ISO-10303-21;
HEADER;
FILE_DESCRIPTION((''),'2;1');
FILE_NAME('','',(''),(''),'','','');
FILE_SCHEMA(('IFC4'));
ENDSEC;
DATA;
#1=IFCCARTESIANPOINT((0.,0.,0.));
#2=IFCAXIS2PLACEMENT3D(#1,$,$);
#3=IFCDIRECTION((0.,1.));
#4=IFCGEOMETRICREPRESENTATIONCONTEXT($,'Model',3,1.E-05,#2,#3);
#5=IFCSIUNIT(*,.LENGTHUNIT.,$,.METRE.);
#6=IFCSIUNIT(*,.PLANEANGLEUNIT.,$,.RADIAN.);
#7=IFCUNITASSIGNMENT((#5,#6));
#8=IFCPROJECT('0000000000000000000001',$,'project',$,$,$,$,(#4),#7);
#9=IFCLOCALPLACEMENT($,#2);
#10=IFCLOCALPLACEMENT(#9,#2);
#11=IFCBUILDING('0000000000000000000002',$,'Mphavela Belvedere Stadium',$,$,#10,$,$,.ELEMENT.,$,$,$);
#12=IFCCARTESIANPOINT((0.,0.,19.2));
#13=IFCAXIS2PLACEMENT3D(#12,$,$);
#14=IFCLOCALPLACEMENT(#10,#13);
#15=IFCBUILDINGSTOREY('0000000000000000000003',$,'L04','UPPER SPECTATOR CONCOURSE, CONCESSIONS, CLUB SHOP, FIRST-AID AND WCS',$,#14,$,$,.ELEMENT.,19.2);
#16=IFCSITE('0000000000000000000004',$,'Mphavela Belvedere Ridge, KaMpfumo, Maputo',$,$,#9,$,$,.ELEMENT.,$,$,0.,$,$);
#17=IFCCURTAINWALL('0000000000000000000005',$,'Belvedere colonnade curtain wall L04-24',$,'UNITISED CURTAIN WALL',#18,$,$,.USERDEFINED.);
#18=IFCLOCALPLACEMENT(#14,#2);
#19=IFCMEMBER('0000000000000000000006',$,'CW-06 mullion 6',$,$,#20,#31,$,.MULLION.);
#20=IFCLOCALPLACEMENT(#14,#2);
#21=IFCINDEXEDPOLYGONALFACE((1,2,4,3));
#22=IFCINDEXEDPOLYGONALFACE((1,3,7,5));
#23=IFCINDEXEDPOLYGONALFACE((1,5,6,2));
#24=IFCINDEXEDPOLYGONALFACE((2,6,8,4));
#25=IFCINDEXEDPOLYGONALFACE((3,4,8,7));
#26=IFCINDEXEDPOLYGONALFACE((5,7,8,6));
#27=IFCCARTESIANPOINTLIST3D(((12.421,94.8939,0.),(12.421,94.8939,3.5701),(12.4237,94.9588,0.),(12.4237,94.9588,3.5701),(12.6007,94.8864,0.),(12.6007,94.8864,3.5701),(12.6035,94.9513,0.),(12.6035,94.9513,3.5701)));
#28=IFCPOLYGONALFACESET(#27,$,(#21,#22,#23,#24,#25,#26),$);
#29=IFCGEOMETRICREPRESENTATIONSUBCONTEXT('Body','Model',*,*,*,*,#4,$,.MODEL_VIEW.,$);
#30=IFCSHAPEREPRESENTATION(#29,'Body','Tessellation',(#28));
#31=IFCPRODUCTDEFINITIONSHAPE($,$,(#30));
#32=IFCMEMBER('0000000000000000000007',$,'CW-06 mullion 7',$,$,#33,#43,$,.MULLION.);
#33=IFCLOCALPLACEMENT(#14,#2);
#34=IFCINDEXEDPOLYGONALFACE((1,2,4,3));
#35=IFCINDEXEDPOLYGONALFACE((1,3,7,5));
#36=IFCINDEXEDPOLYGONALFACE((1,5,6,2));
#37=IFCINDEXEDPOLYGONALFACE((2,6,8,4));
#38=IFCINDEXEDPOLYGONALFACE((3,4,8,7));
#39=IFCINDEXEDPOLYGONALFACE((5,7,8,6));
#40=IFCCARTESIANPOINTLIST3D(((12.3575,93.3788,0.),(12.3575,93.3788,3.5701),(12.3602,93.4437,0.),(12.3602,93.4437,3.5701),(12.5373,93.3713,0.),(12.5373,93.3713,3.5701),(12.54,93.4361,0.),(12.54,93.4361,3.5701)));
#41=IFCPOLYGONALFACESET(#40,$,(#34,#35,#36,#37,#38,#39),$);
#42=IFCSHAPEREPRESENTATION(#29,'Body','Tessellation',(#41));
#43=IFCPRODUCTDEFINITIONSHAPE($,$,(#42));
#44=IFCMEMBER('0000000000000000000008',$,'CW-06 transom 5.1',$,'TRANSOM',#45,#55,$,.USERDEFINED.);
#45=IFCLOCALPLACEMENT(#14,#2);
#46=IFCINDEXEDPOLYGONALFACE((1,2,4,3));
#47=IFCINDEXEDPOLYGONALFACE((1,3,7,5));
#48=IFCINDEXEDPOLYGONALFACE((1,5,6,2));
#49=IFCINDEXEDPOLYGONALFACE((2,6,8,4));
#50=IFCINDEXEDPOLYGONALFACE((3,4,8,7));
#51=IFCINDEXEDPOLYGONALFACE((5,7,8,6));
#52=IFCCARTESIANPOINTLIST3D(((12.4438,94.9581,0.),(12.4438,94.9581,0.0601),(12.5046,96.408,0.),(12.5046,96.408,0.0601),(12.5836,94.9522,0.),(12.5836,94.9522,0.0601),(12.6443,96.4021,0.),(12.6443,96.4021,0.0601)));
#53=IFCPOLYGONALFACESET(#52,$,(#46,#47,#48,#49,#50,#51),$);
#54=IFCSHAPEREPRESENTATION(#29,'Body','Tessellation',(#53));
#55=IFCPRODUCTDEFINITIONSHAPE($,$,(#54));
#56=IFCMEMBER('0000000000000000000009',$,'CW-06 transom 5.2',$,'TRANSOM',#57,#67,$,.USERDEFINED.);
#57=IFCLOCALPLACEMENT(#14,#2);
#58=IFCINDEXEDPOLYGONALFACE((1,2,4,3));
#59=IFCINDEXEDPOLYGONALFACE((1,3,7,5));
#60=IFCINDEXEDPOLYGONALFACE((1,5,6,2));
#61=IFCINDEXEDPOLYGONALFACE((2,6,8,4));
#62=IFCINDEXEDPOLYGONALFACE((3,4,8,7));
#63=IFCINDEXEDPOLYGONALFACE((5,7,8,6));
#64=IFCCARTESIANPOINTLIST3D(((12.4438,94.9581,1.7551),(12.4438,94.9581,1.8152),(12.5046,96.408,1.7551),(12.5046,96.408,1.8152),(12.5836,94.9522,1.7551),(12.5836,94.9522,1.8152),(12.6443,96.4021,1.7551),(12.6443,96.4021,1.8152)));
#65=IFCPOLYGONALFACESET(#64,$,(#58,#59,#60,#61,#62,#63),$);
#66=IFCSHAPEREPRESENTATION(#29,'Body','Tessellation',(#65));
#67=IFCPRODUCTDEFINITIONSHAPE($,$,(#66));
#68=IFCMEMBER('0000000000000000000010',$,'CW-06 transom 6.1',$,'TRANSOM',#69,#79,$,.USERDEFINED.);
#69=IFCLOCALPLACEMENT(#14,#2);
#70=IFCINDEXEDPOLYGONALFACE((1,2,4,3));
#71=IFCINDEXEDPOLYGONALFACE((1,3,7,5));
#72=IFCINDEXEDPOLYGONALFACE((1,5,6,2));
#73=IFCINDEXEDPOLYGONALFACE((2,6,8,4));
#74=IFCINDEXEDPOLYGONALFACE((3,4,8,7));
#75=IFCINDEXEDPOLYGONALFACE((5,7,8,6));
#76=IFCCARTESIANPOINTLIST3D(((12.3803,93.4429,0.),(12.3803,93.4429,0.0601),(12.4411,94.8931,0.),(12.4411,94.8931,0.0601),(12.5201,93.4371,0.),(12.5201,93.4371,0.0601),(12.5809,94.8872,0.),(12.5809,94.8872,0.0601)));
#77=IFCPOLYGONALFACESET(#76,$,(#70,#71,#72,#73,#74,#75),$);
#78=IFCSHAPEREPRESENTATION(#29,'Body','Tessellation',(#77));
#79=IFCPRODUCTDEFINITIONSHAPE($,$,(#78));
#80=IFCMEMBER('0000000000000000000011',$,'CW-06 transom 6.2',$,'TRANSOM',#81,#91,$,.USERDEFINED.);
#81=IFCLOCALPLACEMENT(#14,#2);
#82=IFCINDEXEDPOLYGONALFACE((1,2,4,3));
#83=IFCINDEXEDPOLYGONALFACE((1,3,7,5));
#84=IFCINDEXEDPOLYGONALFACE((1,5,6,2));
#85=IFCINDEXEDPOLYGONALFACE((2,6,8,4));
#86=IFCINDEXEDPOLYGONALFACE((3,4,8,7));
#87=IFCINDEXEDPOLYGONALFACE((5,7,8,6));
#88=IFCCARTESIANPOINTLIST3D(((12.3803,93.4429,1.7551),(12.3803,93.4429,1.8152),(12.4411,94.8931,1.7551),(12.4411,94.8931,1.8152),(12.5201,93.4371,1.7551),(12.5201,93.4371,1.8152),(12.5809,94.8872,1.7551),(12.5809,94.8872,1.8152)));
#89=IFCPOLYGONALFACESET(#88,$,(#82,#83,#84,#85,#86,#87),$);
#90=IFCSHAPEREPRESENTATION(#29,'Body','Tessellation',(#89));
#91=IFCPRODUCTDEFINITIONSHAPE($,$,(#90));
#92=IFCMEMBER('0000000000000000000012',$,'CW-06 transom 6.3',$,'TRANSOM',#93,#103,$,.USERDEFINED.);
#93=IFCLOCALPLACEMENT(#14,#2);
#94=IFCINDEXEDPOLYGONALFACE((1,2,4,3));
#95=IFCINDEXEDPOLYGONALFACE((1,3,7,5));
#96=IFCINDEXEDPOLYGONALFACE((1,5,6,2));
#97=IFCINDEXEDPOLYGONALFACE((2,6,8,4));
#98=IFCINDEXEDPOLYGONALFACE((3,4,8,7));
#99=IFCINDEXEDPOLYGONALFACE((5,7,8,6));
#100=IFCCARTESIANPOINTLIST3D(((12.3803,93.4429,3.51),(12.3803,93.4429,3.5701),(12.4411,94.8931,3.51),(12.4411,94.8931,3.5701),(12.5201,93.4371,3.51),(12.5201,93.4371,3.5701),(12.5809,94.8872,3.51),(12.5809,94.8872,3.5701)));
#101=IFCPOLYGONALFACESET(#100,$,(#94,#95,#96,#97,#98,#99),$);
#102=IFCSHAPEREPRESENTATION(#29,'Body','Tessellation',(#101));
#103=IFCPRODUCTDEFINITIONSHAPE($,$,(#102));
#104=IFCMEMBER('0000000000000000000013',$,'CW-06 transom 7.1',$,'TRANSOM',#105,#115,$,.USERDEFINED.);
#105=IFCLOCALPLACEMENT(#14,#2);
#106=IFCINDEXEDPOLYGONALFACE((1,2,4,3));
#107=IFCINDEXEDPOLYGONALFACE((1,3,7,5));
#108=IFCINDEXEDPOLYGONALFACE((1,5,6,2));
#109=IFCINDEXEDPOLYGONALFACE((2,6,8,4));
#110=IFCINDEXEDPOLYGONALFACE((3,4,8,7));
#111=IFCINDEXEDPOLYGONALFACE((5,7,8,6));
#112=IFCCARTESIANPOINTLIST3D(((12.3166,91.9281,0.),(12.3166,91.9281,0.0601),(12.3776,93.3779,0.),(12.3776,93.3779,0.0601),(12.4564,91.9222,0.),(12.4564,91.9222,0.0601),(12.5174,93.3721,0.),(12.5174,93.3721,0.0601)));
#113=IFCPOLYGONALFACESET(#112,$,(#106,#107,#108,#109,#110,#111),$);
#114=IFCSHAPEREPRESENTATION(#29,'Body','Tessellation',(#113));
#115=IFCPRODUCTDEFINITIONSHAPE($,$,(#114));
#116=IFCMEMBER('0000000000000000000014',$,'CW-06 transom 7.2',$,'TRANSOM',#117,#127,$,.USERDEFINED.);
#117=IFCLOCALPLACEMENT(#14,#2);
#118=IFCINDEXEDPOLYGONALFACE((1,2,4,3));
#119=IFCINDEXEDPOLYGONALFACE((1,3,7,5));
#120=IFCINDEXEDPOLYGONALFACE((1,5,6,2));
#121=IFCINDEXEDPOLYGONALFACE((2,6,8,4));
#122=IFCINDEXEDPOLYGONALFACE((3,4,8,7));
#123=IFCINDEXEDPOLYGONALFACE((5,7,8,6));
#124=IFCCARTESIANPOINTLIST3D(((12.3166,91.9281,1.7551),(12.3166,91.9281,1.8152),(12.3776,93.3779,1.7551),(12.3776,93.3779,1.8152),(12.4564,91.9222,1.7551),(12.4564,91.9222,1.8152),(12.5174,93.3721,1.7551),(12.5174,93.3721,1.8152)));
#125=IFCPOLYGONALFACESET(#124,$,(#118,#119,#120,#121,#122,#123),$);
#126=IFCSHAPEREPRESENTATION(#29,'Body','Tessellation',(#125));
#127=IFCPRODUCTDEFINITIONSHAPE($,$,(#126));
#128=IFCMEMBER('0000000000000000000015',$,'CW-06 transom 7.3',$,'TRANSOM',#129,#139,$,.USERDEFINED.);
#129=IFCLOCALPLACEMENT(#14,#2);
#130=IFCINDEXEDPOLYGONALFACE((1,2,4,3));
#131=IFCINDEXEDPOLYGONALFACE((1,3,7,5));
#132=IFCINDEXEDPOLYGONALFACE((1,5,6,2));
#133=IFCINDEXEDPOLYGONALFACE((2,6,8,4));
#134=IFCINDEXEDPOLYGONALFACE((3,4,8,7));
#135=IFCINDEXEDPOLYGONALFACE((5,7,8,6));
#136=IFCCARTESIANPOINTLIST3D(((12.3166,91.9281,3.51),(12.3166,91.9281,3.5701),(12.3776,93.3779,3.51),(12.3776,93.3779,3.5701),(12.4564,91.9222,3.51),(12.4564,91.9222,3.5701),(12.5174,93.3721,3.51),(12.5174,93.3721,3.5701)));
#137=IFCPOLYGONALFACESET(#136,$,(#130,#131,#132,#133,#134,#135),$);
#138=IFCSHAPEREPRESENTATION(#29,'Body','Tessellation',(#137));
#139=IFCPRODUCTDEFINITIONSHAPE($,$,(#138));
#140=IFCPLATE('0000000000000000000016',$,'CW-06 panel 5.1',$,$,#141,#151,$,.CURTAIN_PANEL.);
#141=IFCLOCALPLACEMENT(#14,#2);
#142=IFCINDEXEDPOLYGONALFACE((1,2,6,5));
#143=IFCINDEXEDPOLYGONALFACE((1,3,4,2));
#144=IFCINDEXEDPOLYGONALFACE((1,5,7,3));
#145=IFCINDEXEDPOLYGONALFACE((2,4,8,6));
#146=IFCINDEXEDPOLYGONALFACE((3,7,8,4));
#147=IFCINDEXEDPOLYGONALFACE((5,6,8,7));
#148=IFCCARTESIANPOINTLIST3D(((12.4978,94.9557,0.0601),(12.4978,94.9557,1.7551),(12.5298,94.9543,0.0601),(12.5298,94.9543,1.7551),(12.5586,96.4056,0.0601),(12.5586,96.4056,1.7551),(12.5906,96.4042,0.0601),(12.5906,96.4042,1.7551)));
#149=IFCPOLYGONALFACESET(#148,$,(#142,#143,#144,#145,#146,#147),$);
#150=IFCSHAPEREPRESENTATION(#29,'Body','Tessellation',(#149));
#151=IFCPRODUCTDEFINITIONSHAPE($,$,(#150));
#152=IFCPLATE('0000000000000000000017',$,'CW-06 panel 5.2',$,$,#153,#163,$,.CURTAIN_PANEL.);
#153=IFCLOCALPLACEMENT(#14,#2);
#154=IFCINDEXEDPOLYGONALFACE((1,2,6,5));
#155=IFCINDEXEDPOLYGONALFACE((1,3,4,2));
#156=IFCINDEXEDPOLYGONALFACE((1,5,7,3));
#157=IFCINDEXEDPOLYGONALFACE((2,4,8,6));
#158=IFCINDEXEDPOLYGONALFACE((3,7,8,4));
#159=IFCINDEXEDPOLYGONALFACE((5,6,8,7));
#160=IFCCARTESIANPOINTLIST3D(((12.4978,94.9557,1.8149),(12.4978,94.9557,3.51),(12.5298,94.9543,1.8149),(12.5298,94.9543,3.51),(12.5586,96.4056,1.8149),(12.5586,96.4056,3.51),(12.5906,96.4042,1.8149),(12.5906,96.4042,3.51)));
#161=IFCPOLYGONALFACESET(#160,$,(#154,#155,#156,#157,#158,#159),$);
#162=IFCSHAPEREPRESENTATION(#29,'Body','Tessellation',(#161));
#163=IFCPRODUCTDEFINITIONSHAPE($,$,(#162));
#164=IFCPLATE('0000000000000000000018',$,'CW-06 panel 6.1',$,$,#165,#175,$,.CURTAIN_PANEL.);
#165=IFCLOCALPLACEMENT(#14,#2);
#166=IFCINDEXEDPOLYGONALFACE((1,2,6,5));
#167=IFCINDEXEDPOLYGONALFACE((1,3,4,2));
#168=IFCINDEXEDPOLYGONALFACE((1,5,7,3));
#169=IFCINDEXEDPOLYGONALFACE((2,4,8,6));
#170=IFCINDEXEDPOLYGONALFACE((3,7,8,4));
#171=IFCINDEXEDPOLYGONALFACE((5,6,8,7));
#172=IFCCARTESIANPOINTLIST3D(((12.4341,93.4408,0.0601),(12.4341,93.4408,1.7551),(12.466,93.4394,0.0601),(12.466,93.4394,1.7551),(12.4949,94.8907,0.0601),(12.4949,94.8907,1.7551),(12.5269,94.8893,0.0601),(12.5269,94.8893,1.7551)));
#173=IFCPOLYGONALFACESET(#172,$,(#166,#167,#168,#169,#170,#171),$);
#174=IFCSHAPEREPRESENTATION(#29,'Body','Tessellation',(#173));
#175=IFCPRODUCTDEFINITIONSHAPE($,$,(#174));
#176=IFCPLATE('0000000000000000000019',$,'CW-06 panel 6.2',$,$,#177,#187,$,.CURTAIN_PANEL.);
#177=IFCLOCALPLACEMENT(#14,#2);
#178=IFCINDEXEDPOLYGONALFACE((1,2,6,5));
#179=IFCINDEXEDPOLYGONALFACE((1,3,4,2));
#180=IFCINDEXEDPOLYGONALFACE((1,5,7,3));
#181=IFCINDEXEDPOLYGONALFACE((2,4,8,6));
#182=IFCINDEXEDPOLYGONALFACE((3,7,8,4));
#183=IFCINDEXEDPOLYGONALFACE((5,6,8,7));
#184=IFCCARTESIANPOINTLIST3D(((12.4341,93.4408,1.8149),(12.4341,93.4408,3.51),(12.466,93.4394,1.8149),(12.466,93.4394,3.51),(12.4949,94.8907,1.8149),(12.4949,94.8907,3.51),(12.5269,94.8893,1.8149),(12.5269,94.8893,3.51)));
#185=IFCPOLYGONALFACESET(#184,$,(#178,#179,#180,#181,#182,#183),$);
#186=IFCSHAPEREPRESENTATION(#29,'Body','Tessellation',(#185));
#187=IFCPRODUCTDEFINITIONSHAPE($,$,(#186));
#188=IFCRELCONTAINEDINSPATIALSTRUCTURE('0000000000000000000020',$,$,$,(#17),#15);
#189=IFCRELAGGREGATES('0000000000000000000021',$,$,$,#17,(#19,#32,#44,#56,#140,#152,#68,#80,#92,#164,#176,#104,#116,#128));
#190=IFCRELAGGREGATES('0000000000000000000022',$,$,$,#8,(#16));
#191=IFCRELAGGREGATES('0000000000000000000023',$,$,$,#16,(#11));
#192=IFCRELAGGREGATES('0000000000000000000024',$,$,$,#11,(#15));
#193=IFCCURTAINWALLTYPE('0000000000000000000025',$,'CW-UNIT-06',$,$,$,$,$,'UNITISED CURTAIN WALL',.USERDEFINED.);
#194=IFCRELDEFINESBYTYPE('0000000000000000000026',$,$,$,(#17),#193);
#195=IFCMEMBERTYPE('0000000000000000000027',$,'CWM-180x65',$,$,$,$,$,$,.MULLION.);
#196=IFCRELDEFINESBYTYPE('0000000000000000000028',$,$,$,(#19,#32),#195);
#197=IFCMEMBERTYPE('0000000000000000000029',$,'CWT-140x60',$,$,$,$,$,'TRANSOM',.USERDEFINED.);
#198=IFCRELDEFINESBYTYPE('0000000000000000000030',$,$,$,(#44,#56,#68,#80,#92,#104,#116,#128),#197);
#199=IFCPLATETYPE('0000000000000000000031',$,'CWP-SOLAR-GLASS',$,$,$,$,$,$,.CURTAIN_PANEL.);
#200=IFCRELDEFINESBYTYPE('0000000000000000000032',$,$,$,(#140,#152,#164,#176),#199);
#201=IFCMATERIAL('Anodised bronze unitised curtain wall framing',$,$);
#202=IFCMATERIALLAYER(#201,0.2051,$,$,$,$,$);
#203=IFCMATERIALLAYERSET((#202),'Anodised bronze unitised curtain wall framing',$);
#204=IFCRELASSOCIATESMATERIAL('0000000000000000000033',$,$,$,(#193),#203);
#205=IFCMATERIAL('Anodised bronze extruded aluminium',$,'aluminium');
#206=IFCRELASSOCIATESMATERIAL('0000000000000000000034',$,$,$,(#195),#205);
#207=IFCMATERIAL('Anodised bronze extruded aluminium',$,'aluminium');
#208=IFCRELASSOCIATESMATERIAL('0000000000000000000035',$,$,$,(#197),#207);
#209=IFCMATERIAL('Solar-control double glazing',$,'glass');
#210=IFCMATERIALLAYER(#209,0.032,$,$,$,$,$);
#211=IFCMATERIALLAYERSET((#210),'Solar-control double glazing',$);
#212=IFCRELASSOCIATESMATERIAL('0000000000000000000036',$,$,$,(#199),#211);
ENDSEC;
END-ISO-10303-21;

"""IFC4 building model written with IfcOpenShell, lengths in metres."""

from ifc_helpers import new_model, si_unit, direction, frame, origin, origin_2d, place, context, subcontext, project, spatial, rectangle, extrude, material, layer, layer_set, material_profile, profile_set, type_object, element, aggregate, save


model = new_model("IFC4")

# Units and contexts
model_context = context("Model", 3, precision=1e-05, world=origin(), true_north=direction((0.0, 1.0)))
body_context = subcontext(model_context, "Body", "Model", "MODEL_VIEW")
ifc_project = project(units=[si_unit("LENGTHUNIT", "METRE"), si_unit("PLANEANGLEUNIT", "RADIAN")], contexts=[model_context])

# Site, building, storey
site_placement = place(None, origin())
site = spatial("IfcSite", under=ifc_project, at=site_placement, Name="Mphavela Belvedere Ridge, KaMpfumo, Maputo", CompositionType="ELEMENT", RefElevation=0.0)
building_placement = place(site_placement, origin())
building = spatial("IfcBuilding", under=site, at=building_placement, Name="Mphavela Belvedere Stadium", CompositionType="ELEMENT")
storey_placement = place(building_placement, frame((0.0, 0.0, 19.2)))
storey = spatial("IfcBuildingStorey", under=building, at=storey_placement, Name="L04", Description="UPPER SPECTATOR CONCOURSE, CONCESSIONS, CLUB SHOP, FIRST-AID AND WCS", CompositionType="ELEMENT", Elevation=19.2)

# Curtain wall, members, plates
ifc_material_1 = material(Name="Anodised bronze unitised curtain wall framing")
ifc_layer_1 = layer(ifc_material_1, 0.2051)
ifc_layer_set_1 = layer_set([ifc_layer_1], Name="Anodised bronze unitised curtain wall framing")
curtain_wall_type = type_object("IfcCurtainWallType", Name="CW-UNIT-06", ElementType="UNITISED CURTAIN WALL", PredefinedType="USERDEFINED", material=ifc_layer_set_1)
curtain_wall_placement = place(storey_placement, origin())
curtain_wall = element("IfcCurtainWall", 1, at=curtain_wall_placement, inside=storey, type_object=curtain_wall_type, Name="Belvedere colonnade curtain wall L04-24", ObjectType="UNITISED CURTAIN WALL", PredefinedType="USERDEFINED")
ifc_material_2 = material(Name="Anodised bronze extruded aluminium", Category="aluminium")
ifc_material_profile_1 = material_profile(ifc_material_2, rectangle(XDim=0.1799, YDim=0.0649, at=origin_2d()), Name="CW-MUL 180x65")
ifc_profile_set_1 = profile_set([ifc_material_profile_1], Name="Anodised bronze extruded aluminium")
member_type_1 = type_object("IfcMemberType", Name="CWM-180x65", PredefinedType="MULLION", material=ifc_profile_set_1)
member_1_placement = place(storey_placement, frame((12.5122, 94.9226, 0.0), z_axis=(0.0, 0.0, 1.0), x_axis=(0.999122, -0.041905, 0.0)))
member_1 = element("IfcMember", 2, at=member_1_placement, type_object=member_type_1, Name="CW-06 mullion 6", PredefinedType="MULLION", context=body_context, shape_type="SweptSolid", body=[
    extrude(rectangle(XDim=0.1799, YDim=0.0649, at=origin_2d()), origin(), (0.0, 0.0, 1.0), 3.5701),
])
member_2_placement = place(storey_placement, frame((12.4487, 93.4075, 0.0), z_axis=(0.0, 0.0, 1.0), x_axis=(0.999122, -0.041905, 0.0)))
member_2 = element("IfcMember", 3, at=member_2_placement, type_object=member_type_1, Name="CW-06 mullion 7", PredefinedType="MULLION", context=body_context, shape_type="SweptSolid", body=[
    extrude(rectangle(XDim=0.1799, YDim=0.0649, at=origin_2d()), origin(), (0.0, 0.0, 1.0), 3.5701),
])
ifc_material_3 = material(Name="Anodised bronze extruded aluminium", Category="aluminium")
ifc_material_profile_2 = material_profile(ifc_material_3, rectangle(XDim=0.1399, YDim=0.0601, at=origin_2d()), Name="CW-TRN 140x60")
ifc_profile_set_2 = profile_set([ifc_material_profile_2], Name="Anodised bronze extruded aluminium")
member_type_2 = type_object("IfcMemberType", Name="CWT-140x60", ElementType="TRANSOM", PredefinedType="USERDEFINED", material=ifc_profile_set_2)
member_3_placement = place(storey_placement, frame((12.5745, 96.405, 0.03), z_axis=(-0.041889, -0.999122, 0.0), x_axis=(0.999122, -0.041889, 0.0)))
member_3 = element("IfcMember", 4, at=member_3_placement, type_object=member_type_2, Name="CW-06 transom 5.1", ObjectType="TRANSOM", PredefinedType="USERDEFINED", context=body_context, shape_type="SweptSolid", body=[
    extrude(rectangle(XDim=0.1399, YDim=0.0601, at=origin_2d()), origin(), (0.0, 0.0, 1.0), 1.4512),
])
member_4_placement = place(storey_placement, frame((12.5745, 96.405, 1.7852), z_axis=(-0.041889, -0.999122, 0.0), x_axis=(0.999122, -0.041889, 0.0)))
member_4 = element("IfcMember", 5, at=member_4_placement, type_object=member_type_2, Name="CW-06 transom 5.2", ObjectType="TRANSOM", PredefinedType="USERDEFINED", context=body_context, shape_type="SweptSolid", body=[
    extrude(rectangle(XDim=0.1399, YDim=0.0601, at=origin_2d()), origin(), (0.0, 0.0, 1.0), 1.4512),
])
member_5_placement = place(storey_placement, frame((12.511, 94.8901, 0.03), z_axis=(-0.041882, -0.999123, 0.0), x_axis=(0.999123, -0.041882, 0.0)))
member_5 = element("IfcMember", 6, at=member_5_placement, type_object=member_type_2, Name="CW-06 transom 6.1", ObjectType="TRANSOM", PredefinedType="USERDEFINED", context=body_context, shape_type="SweptSolid", body=[
    extrude(rectangle(XDim=0.1399, YDim=0.0601, at=origin_2d()), origin(), (0.0, 0.0, 1.0), 1.4514),
])
member_6_placement = place(storey_placement, frame((12.511, 94.8901, 1.7852), z_axis=(-0.041882, -0.999123, 0.0), x_axis=(0.999123, -0.041882, 0.0)))
member_6 = element("IfcMember", 7, at=member_6_placement, type_object=member_type_2, Name="CW-06 transom 6.2", ObjectType="TRANSOM", PredefinedType="USERDEFINED", context=body_context, shape_type="SweptSolid", body=[
    extrude(rectangle(XDim=0.1399, YDim=0.0601, at=origin_2d()), origin(), (0.0, 0.0, 1.0), 1.4514),
])
member_7_placement = place(storey_placement, frame((12.511, 94.8901, 3.54), z_axis=(-0.041882, -0.999123, 0.0), x_axis=(0.999123, -0.041882, 0.0)))
member_7 = element("IfcMember", 8, at=member_7_placement, type_object=member_type_2, Name="CW-06 transom 6.3", ObjectType="TRANSOM", PredefinedType="USERDEFINED", context=body_context, shape_type="SweptSolid", body=[
    extrude(rectangle(XDim=0.1399, YDim=0.0601, at=origin_2d()), origin(), (0.0, 0.0, 1.0), 1.4514),
])
member_8_placement = place(storey_placement, frame((12.4475, 93.375, 0.03), z_axis=(-0.042057, -0.999115, 0.0), x_axis=(0.999115, -0.042057, 0.0)))
member_8 = element("IfcMember", 9, at=member_8_placement, type_object=member_type_2, Name="CW-06 transom 7.1", ObjectType="TRANSOM", PredefinedType="USERDEFINED", context=body_context, shape_type="SweptSolid", body=[
    extrude(rectangle(XDim=0.1399, YDim=0.0601, at=origin_2d()), origin(), (0.0, 0.0, 1.0), 1.4512),
])
member_9_placement = place(storey_placement, frame((12.4475, 93.375, 1.7852), z_axis=(-0.042057, -0.999115, 0.0), x_axis=(0.999115, -0.042057, 0.0)))
member_9 = element("IfcMember", 10, at=member_9_placement, type_object=member_type_2, Name="CW-06 transom 7.2", ObjectType="TRANSOM", PredefinedType="USERDEFINED", context=body_context, shape_type="SweptSolid", body=[
    extrude(rectangle(XDim=0.1399, YDim=0.0601, at=origin_2d()), origin(), (0.0, 0.0, 1.0), 1.4512),
])
member_10_placement = place(storey_placement, frame((12.4475, 93.375, 3.54), z_axis=(-0.042057, -0.999115, 0.0), x_axis=(0.999115, -0.042057, 0.0)))
member_10 = element("IfcMember", 11, at=member_10_placement, type_object=member_type_2, Name="CW-06 transom 7.3", ObjectType="TRANSOM", PredefinedType="USERDEFINED", context=body_context, shape_type="SweptSolid", body=[
    extrude(rectangle(XDim=0.1399, YDim=0.0601, at=origin_2d()), origin(), (0.0, 0.0, 1.0), 1.4512),
])
ifc_material_4 = material(Name="Solar-control double glazing", Category="glass")
ifc_layer_2 = layer(ifc_material_4, 0.032)
ifc_layer_set_2 = layer_set([ifc_layer_2], Name="Solar-control double glazing")
plate_type = type_object("IfcPlateType", Name="CWP-SOLAR-GLASS", PredefinedType="CURTAIN_PANEL", material=ifc_layer_set_2)
plate_1_placement = place(storey_placement, frame((12.5442, 95.6799, 0.0601), z_axis=(0.0, 0.0, 1.0), x_axis=(-0.041905, -0.999122, 0.0)))
plate_1 = element("IfcPlate", 12, at=plate_1_placement, type_object=plate_type, Name="CW-06 panel 5.1", PredefinedType="CURTAIN_PANEL", context=body_context, shape_type="SweptSolid", body=[
    extrude(rectangle(XDim=1.4512, YDim=0.032, at=origin_2d()), origin(), (0.0, 0.0, 1.0), 1.6951),
])
plate_2_placement = place(storey_placement, frame((12.5442, 95.6799, 1.8149), z_axis=(0.0, 0.0, 1.0), x_axis=(-0.041905, -0.999122, 0.0)))
plate_2 = element("IfcPlate", 13, at=plate_2_placement, type_object=plate_type, Name="CW-06 panel 5.2", PredefinedType="CURTAIN_PANEL", context=body_context, shape_type="SweptSolid", body=[
    extrude(rectangle(XDim=1.4512, YDim=0.032, at=origin_2d()), origin(), (0.0, 0.0, 1.0), 1.6951),
])
plate_3_placement = place(storey_placement, frame((12.4805, 94.165, 0.0601), z_axis=(0.0, 0.0, 1.0), x_axis=(-0.041905, -0.999122, 0.0)))
plate_3 = element("IfcPlate", 14, at=plate_3_placement, type_object=plate_type, Name="CW-06 panel 6.1", PredefinedType="CURTAIN_PANEL", context=body_context, shape_type="SweptSolid", body=[
    extrude(rectangle(XDim=1.4512, YDim=0.032, at=origin_2d()), origin(), (0.0, 0.0, 1.0), 1.6951),
])
plate_4_placement = place(storey_placement, frame((12.4805, 94.165, 1.8149), z_axis=(0.0, 0.0, 1.0), x_axis=(-0.041905, -0.999122, 0.0)))
plate_4 = element("IfcPlate", 15, at=plate_4_placement, type_object=plate_type, Name="CW-06 panel 6.2", PredefinedType="CURTAIN_PANEL", context=body_context, shape_type="SweptSolid", body=[
    extrude(rectangle(XDim=1.4512, YDim=0.032, at=origin_2d()), origin(), (0.0, 0.0, 1.0), 1.6951),
])
aggregate(curtain_wall, [member_1, member_2, member_3, member_4, plate_1, plate_2, member_5, member_6, member_7, plate_3, plate_4, member_8, member_9, member_10])

save(model, "model.ifc")
